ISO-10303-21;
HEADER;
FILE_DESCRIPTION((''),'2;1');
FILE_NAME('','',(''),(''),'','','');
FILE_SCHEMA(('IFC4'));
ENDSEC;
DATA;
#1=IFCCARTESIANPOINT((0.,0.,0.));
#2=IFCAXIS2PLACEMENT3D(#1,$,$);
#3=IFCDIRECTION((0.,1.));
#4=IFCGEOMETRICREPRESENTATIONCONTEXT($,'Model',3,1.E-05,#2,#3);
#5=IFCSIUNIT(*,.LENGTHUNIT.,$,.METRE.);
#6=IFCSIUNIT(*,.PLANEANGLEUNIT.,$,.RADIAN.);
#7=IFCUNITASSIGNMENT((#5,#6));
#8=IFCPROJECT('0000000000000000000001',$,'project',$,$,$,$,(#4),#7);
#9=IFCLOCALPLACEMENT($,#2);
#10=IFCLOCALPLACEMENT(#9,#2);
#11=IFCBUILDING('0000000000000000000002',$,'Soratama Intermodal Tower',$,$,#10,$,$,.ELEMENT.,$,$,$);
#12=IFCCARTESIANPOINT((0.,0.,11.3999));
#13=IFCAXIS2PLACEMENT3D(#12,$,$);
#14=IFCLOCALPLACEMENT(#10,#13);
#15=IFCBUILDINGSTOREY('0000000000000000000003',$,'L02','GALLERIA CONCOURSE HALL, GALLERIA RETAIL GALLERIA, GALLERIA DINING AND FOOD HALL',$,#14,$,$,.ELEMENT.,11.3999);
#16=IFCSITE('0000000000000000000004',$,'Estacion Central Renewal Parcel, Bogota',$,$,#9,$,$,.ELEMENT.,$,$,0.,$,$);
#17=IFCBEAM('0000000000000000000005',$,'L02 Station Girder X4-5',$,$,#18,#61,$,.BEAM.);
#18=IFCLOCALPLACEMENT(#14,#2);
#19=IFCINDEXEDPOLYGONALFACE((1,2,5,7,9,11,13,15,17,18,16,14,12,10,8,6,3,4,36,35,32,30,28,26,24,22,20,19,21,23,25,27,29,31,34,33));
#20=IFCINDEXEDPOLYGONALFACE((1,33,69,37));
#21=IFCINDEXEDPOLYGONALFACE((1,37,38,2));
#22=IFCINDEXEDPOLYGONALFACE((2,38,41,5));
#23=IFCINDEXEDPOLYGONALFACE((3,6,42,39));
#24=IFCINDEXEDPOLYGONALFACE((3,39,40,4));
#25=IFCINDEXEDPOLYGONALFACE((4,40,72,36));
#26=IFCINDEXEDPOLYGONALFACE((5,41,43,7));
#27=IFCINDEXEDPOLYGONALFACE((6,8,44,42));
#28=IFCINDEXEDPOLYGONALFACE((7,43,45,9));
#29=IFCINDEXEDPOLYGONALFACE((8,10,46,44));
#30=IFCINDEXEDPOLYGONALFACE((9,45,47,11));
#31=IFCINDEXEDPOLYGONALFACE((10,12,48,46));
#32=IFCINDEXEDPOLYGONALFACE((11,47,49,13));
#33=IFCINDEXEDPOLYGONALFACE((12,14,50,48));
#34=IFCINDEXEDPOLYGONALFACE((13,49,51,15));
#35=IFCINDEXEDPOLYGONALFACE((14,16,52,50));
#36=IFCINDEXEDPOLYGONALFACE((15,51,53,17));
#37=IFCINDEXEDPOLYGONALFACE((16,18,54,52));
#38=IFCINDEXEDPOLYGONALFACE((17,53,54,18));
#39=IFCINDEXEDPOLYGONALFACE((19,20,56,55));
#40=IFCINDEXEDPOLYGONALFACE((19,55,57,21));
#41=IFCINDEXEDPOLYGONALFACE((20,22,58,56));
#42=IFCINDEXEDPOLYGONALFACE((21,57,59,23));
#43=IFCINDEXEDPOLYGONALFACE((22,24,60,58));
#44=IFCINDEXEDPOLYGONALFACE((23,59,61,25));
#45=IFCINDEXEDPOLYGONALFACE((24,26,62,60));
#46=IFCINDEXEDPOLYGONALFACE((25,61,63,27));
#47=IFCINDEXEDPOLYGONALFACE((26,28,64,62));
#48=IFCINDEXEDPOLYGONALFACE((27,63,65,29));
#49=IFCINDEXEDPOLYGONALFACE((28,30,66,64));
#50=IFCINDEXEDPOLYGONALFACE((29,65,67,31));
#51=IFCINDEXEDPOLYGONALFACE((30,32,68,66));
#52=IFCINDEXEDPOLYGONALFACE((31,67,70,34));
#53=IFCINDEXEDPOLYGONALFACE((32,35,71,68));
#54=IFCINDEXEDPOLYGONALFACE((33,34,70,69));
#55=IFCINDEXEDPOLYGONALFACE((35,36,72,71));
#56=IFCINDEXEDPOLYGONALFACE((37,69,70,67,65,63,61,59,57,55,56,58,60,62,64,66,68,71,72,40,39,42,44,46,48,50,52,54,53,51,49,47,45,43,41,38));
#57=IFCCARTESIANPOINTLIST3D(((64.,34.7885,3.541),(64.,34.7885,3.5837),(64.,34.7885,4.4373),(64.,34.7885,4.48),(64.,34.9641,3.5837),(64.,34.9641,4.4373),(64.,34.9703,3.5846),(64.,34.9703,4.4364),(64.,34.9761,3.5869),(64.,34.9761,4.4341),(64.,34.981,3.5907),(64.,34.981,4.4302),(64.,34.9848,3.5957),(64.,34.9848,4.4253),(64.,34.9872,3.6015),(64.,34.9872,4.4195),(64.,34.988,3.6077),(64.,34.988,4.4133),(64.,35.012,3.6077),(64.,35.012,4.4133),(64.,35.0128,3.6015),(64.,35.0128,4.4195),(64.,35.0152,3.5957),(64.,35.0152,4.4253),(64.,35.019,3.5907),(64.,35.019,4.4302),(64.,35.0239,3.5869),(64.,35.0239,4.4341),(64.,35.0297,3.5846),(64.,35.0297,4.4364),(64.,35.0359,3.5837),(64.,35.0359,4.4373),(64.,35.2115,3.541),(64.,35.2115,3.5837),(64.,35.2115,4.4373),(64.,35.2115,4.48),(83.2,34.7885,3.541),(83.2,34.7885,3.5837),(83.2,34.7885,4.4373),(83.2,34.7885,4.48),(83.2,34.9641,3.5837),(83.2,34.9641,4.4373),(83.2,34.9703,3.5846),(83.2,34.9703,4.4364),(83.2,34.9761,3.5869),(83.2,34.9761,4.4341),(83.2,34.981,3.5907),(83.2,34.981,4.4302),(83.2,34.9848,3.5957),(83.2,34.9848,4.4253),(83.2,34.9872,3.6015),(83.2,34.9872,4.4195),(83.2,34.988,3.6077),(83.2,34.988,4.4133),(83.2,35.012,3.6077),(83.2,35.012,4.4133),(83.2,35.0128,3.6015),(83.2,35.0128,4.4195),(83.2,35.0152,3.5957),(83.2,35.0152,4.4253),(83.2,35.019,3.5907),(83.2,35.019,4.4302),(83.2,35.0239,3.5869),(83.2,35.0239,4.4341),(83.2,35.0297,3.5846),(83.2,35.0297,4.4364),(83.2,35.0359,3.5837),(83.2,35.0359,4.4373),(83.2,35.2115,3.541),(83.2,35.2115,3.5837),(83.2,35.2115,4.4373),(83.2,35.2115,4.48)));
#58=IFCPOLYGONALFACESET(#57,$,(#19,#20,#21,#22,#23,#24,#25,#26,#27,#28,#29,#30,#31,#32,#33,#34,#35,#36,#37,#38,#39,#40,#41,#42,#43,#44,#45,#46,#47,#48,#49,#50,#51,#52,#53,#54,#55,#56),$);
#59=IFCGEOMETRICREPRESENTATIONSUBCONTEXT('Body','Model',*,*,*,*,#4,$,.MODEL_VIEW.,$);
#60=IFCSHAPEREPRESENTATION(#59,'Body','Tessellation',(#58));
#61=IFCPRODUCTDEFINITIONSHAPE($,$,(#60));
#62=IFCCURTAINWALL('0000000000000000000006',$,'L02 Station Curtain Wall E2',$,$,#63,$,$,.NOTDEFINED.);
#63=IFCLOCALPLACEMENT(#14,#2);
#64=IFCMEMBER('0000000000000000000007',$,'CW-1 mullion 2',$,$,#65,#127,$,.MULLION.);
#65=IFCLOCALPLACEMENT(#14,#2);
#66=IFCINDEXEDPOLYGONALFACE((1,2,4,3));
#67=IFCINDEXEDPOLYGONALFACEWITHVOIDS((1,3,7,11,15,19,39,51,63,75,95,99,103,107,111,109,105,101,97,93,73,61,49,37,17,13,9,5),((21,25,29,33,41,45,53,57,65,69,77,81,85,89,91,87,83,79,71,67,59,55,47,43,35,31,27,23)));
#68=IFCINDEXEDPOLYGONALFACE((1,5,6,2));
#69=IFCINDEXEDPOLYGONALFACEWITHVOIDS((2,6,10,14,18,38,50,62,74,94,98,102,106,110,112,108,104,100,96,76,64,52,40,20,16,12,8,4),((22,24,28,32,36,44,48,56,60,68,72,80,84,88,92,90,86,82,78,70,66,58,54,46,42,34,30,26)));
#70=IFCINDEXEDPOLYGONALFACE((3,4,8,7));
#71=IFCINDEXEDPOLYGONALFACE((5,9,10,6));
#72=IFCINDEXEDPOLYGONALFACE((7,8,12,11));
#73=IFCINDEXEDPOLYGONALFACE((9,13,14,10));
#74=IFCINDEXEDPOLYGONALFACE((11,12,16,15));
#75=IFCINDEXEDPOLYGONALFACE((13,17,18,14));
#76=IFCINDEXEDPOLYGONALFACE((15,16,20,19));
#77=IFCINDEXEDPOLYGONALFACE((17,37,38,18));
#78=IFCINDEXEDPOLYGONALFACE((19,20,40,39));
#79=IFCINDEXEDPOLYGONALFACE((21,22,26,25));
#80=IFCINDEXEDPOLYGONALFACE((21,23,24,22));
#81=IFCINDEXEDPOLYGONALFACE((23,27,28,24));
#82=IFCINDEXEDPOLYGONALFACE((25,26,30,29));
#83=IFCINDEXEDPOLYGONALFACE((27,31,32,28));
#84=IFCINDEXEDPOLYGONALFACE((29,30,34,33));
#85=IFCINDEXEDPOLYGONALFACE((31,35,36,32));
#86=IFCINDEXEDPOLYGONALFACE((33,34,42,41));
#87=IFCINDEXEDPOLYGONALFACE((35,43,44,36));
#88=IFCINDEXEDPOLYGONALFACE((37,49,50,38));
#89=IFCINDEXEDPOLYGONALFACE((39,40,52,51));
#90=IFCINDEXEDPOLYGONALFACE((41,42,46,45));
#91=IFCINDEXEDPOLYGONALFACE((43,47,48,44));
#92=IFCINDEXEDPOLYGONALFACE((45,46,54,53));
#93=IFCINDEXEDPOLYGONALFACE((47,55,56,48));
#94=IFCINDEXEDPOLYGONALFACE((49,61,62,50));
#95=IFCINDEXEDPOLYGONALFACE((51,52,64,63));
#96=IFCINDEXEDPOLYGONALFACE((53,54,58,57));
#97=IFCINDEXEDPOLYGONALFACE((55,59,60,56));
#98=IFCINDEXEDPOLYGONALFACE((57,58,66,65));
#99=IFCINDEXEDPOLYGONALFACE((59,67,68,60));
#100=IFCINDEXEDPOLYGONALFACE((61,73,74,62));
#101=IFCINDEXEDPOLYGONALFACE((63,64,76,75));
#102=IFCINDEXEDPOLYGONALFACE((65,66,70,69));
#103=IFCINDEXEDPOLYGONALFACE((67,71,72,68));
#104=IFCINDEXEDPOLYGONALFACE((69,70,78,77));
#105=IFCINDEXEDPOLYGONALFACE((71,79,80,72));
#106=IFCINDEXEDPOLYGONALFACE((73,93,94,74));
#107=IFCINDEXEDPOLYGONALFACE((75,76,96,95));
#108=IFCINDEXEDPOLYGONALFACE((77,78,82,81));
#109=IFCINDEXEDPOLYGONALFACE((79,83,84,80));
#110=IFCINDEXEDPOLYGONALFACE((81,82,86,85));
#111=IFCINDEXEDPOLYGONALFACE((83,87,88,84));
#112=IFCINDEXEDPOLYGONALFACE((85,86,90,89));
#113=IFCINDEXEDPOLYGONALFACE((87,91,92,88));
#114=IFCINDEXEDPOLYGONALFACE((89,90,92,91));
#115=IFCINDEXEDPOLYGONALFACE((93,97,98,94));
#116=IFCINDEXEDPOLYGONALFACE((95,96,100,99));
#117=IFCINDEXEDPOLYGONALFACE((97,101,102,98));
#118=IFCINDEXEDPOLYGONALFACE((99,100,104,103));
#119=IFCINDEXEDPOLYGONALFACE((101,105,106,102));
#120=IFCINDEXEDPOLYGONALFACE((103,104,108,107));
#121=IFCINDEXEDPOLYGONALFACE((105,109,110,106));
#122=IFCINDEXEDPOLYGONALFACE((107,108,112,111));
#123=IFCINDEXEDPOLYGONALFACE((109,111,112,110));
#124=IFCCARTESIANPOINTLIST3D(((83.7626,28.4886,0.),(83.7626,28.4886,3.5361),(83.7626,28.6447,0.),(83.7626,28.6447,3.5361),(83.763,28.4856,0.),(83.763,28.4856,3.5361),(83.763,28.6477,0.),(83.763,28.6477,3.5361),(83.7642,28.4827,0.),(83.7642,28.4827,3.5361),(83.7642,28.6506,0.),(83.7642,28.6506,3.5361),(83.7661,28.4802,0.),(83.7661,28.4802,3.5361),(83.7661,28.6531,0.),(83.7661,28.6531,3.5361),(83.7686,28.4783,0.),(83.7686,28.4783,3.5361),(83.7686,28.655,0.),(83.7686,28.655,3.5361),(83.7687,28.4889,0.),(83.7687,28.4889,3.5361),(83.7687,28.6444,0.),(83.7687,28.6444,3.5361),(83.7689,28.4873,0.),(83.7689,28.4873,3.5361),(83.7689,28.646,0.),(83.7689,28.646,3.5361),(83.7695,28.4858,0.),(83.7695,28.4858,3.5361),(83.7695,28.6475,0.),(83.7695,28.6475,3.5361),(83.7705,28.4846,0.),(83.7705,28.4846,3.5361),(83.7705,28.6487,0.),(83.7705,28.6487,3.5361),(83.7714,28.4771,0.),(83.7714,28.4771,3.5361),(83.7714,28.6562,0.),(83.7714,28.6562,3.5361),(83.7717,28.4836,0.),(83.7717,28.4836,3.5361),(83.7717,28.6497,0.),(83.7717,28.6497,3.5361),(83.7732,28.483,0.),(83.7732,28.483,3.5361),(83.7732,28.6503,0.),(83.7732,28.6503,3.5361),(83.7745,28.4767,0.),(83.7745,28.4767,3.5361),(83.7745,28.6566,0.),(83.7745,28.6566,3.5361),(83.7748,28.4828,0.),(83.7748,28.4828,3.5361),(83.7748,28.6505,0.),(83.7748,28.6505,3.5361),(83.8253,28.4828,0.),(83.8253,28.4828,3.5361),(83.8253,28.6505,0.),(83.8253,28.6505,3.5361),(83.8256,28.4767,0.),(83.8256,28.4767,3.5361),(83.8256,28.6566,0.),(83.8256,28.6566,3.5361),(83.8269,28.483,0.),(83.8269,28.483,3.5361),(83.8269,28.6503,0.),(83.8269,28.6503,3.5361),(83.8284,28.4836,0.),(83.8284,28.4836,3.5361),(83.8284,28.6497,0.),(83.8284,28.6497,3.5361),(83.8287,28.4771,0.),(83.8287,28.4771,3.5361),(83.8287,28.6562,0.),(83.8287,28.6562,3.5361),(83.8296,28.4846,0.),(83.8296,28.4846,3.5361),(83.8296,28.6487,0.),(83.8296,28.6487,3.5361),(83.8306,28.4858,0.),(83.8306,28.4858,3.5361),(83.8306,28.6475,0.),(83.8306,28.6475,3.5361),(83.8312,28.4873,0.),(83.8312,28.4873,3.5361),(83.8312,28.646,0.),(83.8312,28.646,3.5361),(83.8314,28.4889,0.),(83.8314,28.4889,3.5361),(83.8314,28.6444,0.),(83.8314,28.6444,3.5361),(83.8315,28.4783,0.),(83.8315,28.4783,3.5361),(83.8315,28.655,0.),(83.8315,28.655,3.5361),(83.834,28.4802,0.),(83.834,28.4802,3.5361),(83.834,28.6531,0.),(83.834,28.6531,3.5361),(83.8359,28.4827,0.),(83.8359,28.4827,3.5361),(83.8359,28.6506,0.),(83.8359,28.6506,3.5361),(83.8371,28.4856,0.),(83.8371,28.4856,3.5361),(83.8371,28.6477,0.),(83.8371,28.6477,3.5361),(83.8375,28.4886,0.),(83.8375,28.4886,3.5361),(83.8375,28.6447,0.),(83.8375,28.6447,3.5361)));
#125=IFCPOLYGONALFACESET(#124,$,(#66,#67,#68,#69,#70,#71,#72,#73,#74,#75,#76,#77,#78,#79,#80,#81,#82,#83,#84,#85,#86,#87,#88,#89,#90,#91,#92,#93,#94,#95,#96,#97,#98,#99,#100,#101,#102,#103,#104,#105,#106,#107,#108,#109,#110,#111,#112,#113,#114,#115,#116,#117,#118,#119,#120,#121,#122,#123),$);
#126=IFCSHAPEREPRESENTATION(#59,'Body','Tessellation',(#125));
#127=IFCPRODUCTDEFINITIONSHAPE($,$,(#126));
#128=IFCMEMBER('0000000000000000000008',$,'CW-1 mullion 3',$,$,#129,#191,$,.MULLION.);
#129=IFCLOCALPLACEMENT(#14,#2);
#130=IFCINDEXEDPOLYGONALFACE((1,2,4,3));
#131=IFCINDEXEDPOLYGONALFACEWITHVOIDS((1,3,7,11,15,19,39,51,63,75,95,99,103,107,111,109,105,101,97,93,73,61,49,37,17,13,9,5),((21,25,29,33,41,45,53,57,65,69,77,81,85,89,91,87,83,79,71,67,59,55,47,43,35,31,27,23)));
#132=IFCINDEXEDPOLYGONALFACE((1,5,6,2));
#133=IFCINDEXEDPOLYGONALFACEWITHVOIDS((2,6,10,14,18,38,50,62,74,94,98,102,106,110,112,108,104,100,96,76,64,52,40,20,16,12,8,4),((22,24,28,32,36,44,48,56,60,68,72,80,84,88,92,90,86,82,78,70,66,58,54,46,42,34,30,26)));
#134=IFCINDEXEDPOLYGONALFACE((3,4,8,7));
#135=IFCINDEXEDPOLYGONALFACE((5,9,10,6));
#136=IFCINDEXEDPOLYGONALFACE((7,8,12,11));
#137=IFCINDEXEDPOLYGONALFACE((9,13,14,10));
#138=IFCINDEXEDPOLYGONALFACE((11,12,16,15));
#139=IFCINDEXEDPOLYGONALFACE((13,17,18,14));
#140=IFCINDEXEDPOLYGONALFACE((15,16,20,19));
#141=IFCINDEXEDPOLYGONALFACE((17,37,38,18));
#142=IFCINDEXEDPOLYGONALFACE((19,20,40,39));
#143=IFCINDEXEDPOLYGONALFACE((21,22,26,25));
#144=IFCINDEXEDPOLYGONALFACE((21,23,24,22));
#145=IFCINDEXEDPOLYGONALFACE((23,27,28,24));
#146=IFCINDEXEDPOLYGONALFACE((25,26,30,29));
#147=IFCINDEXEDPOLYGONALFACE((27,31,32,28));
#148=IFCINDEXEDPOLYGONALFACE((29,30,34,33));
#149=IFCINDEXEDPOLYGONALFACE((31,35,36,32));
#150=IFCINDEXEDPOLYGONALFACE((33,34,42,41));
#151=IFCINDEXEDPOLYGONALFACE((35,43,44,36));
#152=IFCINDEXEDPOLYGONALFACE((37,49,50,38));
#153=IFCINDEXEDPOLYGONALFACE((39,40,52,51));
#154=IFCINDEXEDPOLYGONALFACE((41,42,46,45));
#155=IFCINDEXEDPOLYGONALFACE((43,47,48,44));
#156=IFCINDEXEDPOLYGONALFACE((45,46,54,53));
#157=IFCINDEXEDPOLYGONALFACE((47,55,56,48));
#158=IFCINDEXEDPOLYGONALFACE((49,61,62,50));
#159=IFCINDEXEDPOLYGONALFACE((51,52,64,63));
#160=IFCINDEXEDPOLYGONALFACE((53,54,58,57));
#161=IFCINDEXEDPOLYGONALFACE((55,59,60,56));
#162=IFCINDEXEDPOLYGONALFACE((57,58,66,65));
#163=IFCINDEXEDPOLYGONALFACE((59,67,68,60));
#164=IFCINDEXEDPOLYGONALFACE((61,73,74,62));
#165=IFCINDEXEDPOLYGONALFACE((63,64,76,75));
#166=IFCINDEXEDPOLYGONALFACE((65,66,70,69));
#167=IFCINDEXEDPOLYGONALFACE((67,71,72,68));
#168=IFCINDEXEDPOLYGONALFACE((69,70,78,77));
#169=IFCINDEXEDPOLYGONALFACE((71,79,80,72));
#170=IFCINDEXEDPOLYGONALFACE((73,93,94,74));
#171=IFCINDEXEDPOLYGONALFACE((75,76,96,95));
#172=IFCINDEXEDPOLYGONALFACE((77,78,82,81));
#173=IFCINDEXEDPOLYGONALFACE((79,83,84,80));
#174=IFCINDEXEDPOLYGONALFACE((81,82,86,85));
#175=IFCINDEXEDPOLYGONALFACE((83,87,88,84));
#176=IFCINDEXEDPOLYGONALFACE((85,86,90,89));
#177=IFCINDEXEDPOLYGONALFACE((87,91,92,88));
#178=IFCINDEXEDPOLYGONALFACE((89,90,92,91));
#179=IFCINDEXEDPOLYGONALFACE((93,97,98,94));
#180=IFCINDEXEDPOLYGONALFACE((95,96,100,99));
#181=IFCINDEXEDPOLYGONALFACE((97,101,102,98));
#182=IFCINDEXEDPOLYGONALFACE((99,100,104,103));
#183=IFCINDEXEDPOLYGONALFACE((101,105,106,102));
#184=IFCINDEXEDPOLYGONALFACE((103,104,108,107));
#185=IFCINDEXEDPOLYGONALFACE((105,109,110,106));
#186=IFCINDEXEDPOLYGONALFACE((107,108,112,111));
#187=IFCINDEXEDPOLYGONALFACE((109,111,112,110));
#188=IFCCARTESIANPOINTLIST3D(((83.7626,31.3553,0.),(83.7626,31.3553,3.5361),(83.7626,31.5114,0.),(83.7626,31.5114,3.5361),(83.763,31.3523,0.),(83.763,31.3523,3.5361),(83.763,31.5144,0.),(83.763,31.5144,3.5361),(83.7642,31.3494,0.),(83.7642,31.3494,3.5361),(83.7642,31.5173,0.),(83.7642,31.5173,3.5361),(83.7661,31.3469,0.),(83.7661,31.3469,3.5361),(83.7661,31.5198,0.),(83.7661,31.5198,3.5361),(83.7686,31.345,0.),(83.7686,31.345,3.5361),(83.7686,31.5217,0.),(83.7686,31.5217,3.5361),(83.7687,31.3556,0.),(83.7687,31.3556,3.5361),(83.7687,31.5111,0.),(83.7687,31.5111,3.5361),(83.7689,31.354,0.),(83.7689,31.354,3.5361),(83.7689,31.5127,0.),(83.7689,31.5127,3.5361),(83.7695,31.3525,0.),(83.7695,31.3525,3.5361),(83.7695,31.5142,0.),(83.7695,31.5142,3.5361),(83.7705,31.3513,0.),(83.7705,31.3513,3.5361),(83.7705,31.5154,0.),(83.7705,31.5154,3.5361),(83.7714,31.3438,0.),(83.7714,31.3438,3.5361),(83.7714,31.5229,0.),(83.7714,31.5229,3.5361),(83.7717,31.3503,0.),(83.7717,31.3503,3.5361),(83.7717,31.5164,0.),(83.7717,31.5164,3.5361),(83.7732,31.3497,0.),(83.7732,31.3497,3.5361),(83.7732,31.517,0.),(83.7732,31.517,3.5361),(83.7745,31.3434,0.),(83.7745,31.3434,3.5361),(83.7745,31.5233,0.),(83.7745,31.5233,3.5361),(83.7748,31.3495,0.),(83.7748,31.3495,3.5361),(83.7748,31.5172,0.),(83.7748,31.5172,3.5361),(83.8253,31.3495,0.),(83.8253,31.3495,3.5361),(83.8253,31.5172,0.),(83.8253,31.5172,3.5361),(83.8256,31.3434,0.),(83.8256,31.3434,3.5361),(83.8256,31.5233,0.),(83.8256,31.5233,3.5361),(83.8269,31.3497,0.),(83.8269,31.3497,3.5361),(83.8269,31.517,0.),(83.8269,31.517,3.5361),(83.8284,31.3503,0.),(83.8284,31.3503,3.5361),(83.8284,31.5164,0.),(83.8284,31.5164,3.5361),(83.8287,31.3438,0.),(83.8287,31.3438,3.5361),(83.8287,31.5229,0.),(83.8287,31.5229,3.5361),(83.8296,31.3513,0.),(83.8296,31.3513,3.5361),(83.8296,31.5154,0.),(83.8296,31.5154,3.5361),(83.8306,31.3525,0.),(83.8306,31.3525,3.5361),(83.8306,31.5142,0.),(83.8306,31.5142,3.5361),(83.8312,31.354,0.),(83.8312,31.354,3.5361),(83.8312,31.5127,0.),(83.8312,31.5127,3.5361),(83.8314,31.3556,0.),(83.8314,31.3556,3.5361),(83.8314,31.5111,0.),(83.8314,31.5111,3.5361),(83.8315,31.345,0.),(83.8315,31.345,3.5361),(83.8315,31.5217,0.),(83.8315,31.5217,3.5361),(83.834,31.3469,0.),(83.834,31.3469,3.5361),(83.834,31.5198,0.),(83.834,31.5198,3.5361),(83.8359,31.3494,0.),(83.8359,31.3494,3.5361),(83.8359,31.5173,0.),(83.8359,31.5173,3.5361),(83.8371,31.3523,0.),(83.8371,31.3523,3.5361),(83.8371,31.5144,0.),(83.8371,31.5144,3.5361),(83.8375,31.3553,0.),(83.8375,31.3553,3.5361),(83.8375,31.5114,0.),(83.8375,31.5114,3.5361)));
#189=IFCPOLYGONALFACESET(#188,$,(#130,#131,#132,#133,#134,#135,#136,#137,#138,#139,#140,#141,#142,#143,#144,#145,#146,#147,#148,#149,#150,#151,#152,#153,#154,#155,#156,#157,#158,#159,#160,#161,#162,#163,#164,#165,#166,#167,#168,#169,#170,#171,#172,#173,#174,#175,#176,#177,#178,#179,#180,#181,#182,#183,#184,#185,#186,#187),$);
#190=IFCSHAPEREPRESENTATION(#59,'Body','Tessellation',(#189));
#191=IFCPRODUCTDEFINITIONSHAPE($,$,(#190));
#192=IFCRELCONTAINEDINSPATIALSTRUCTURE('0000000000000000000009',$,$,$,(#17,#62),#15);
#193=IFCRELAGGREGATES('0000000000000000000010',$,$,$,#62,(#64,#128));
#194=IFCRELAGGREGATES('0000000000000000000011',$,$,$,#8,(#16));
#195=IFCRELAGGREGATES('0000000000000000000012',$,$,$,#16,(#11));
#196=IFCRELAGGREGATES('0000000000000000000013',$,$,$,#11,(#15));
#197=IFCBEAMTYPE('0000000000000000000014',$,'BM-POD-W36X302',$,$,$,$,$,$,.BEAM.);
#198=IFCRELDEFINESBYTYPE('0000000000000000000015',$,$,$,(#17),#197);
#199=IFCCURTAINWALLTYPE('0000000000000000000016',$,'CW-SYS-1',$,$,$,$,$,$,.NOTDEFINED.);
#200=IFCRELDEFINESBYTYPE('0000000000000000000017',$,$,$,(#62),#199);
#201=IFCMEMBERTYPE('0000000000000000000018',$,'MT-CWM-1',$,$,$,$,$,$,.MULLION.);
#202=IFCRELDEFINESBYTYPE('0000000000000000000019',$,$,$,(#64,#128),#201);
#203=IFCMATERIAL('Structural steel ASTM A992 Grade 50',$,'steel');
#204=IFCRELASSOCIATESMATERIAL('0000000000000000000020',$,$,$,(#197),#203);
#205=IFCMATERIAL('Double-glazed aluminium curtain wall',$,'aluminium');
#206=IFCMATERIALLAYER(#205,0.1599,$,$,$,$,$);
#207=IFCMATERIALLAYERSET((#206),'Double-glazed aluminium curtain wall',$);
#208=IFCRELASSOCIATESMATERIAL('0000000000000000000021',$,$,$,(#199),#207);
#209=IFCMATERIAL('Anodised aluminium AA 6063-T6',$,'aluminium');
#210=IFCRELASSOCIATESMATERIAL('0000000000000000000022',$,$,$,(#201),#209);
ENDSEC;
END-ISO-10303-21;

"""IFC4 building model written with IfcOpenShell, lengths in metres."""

from ifc_helpers import new_model, si_unit, direction, frame, origin, origin_2d, place, context, subcontext, project, spatial, hollow_rectangle, i_section, extrude, material, layer, layer_set, material_profile, profile_set, type_object, element, aggregate, save


model = new_model("IFC4")

# Units and contexts
model_context = context("Model", 3, precision=1e-05, world=origin(), true_north=direction((0.0, 1.0)))
body_context = subcontext(model_context, "Body", "Model", "MODEL_VIEW")
ifc_project = project(units=[si_unit("LENGTHUNIT", "METRE"), si_unit("PLANEANGLEUNIT", "RADIAN")], contexts=[model_context])

# Site, building, storey
site_placement = place(None, origin())
site = spatial("IfcSite", under=ifc_project, at=site_placement, Name="Estacion Central Renewal Parcel, Bogota", CompositionType="ELEMENT", RefElevation=0.0)
building_placement = place(site_placement, origin())
building = spatial("IfcBuilding", under=site, at=building_placement, Name="Soratama Intermodal Tower", CompositionType="ELEMENT")
storey_placement = place(building_placement, frame((0.0, 0.0, 11.3999)))
storey = spatial("IfcBuildingStorey", under=building, at=storey_placement, Name="L02", Description="GALLERIA CONCOURSE HALL, GALLERIA RETAIL GALLERIA, GALLERIA DINING AND FOOD HALL", CompositionType="ELEMENT", Elevation=11.3999)

# Beam
ifc_material_1 = material(Name="Structural steel ASTM A992 Grade 50", Category="steel")
ifc_material_profile_1 = material_profile(ifc_material_1, i_section(OverallWidth=0.4231, OverallDepth=0.939, WebThickness=0.0239, FlangeThickness=0.0427, FilletRadius=0.0239, at=origin_2d()), Name="W36X302")
ifc_profile_set_1 = profile_set([ifc_material_profile_1], Name="Structural steel ASTM A992 Grade 50")
beam_type_1 = type_object("IfcBeamType", Name="BM-POD-W36X302", PredefinedType="BEAM", material=ifc_profile_set_1)
beam_1_placement = place(storey_placement, frame((64.0, 35.0, 4.0105), z_axis=(1.0, 0.0, 0.0), x_axis=(0.0, 1.0, 0.0)))
element("IfcBeam", 1, at=beam_1_placement, inside=storey, type_object=beam_type_1, Name="L02 Station Girder X4-5", PredefinedType="BEAM", context=body_context, shape_type="SweptSolid", body=[
    extrude(i_section(OverallWidth=0.4231, OverallDepth=0.939, WebThickness=0.0239, FlangeThickness=0.0427, FilletRadius=0.0239, at=origin_2d()), origin(), (0.0, 0.0, 1.0), 19.2),
])

# Curtain wall, members
ifc_material_2 = material(Name="Double-glazed aluminium curtain wall", Category="aluminium")
ifc_layer_1 = layer(ifc_material_2, 0.1599)
ifc_layer_set_1 = layer_set([ifc_layer_1], Name="Double-glazed aluminium curtain wall")
curtain_wall_type = type_object("IfcCurtainWallType", Name="CW-SYS-1", PredefinedType="NOTDEFINED", material=ifc_layer_set_1)
curtain_wall_placement = place(storey_placement, origin())
curtain_wall = element("IfcCurtainWall", 2, at=curtain_wall_placement, inside=storey, type_object=curtain_wall_type, Name="L02 Station Curtain Wall E2", PredefinedType="NOTDEFINED")
ifc_material_3 = material(Name="Anodised aluminium AA 6063-T6", Category="aluminium")
ifc_material_profile_2 = material_profile(ifc_material_3, hollow_rectangle(XDim=0.075, YDim=0.1799, WallThickness=0.0061, InnerFilletRadius=0.0061, OuterFilletRadius=0.012, at=origin_2d()), Name="CWM180X75X6")
ifc_profile_set_2 = profile_set([ifc_material_profile_2], Name="Anodised aluminium AA 6063-T6")
member_type_1 = type_object("IfcMemberType", Name="MT-CWM-1", PredefinedType="MULLION", material=ifc_profile_set_2)
member_1_placement = place(storey_placement, frame((83.8, 28.5667, 0.0), z_axis=(0.0, 0.0, 1.0), x_axis=(-1.0, 0.0, 0.0)))
member_1 = element("IfcMember", 3, at=member_1_placement, type_object=member_type_1, Name="CW-1 mullion 2", PredefinedType="MULLION", context=body_context, shape_type="SweptSolid", body=[
    extrude(hollow_rectangle(XDim=0.075, YDim=0.1799, WallThickness=0.0061, InnerFilletRadius=0.0061, OuterFilletRadius=0.012, at=origin_2d()), origin(), (0.0, 0.0, 1.0), 3.5361),
])
member_2_placement = place(storey_placement, frame((83.8, 31.4333, 0.0), z_axis=(0.0, 0.0, 1.0), x_axis=(-1.0, 0.0, 0.0)))
member_2 = element("IfcMember", 4, at=member_2_placement, type_object=member_type_1, Name="CW-1 mullion 3", PredefinedType="MULLION", context=body_context, shape_type="SweptSolid", body=[
    extrude(hollow_rectangle(XDim=0.075, YDim=0.1799, WallThickness=0.0061, InnerFilletRadius=0.0061, OuterFilletRadius=0.012, at=origin_2d()), origin(), (0.0, 0.0, 1.0), 3.5361),
])
aggregate(curtain_wall, [member_1, member_2])

save(model, "model.ifc")
